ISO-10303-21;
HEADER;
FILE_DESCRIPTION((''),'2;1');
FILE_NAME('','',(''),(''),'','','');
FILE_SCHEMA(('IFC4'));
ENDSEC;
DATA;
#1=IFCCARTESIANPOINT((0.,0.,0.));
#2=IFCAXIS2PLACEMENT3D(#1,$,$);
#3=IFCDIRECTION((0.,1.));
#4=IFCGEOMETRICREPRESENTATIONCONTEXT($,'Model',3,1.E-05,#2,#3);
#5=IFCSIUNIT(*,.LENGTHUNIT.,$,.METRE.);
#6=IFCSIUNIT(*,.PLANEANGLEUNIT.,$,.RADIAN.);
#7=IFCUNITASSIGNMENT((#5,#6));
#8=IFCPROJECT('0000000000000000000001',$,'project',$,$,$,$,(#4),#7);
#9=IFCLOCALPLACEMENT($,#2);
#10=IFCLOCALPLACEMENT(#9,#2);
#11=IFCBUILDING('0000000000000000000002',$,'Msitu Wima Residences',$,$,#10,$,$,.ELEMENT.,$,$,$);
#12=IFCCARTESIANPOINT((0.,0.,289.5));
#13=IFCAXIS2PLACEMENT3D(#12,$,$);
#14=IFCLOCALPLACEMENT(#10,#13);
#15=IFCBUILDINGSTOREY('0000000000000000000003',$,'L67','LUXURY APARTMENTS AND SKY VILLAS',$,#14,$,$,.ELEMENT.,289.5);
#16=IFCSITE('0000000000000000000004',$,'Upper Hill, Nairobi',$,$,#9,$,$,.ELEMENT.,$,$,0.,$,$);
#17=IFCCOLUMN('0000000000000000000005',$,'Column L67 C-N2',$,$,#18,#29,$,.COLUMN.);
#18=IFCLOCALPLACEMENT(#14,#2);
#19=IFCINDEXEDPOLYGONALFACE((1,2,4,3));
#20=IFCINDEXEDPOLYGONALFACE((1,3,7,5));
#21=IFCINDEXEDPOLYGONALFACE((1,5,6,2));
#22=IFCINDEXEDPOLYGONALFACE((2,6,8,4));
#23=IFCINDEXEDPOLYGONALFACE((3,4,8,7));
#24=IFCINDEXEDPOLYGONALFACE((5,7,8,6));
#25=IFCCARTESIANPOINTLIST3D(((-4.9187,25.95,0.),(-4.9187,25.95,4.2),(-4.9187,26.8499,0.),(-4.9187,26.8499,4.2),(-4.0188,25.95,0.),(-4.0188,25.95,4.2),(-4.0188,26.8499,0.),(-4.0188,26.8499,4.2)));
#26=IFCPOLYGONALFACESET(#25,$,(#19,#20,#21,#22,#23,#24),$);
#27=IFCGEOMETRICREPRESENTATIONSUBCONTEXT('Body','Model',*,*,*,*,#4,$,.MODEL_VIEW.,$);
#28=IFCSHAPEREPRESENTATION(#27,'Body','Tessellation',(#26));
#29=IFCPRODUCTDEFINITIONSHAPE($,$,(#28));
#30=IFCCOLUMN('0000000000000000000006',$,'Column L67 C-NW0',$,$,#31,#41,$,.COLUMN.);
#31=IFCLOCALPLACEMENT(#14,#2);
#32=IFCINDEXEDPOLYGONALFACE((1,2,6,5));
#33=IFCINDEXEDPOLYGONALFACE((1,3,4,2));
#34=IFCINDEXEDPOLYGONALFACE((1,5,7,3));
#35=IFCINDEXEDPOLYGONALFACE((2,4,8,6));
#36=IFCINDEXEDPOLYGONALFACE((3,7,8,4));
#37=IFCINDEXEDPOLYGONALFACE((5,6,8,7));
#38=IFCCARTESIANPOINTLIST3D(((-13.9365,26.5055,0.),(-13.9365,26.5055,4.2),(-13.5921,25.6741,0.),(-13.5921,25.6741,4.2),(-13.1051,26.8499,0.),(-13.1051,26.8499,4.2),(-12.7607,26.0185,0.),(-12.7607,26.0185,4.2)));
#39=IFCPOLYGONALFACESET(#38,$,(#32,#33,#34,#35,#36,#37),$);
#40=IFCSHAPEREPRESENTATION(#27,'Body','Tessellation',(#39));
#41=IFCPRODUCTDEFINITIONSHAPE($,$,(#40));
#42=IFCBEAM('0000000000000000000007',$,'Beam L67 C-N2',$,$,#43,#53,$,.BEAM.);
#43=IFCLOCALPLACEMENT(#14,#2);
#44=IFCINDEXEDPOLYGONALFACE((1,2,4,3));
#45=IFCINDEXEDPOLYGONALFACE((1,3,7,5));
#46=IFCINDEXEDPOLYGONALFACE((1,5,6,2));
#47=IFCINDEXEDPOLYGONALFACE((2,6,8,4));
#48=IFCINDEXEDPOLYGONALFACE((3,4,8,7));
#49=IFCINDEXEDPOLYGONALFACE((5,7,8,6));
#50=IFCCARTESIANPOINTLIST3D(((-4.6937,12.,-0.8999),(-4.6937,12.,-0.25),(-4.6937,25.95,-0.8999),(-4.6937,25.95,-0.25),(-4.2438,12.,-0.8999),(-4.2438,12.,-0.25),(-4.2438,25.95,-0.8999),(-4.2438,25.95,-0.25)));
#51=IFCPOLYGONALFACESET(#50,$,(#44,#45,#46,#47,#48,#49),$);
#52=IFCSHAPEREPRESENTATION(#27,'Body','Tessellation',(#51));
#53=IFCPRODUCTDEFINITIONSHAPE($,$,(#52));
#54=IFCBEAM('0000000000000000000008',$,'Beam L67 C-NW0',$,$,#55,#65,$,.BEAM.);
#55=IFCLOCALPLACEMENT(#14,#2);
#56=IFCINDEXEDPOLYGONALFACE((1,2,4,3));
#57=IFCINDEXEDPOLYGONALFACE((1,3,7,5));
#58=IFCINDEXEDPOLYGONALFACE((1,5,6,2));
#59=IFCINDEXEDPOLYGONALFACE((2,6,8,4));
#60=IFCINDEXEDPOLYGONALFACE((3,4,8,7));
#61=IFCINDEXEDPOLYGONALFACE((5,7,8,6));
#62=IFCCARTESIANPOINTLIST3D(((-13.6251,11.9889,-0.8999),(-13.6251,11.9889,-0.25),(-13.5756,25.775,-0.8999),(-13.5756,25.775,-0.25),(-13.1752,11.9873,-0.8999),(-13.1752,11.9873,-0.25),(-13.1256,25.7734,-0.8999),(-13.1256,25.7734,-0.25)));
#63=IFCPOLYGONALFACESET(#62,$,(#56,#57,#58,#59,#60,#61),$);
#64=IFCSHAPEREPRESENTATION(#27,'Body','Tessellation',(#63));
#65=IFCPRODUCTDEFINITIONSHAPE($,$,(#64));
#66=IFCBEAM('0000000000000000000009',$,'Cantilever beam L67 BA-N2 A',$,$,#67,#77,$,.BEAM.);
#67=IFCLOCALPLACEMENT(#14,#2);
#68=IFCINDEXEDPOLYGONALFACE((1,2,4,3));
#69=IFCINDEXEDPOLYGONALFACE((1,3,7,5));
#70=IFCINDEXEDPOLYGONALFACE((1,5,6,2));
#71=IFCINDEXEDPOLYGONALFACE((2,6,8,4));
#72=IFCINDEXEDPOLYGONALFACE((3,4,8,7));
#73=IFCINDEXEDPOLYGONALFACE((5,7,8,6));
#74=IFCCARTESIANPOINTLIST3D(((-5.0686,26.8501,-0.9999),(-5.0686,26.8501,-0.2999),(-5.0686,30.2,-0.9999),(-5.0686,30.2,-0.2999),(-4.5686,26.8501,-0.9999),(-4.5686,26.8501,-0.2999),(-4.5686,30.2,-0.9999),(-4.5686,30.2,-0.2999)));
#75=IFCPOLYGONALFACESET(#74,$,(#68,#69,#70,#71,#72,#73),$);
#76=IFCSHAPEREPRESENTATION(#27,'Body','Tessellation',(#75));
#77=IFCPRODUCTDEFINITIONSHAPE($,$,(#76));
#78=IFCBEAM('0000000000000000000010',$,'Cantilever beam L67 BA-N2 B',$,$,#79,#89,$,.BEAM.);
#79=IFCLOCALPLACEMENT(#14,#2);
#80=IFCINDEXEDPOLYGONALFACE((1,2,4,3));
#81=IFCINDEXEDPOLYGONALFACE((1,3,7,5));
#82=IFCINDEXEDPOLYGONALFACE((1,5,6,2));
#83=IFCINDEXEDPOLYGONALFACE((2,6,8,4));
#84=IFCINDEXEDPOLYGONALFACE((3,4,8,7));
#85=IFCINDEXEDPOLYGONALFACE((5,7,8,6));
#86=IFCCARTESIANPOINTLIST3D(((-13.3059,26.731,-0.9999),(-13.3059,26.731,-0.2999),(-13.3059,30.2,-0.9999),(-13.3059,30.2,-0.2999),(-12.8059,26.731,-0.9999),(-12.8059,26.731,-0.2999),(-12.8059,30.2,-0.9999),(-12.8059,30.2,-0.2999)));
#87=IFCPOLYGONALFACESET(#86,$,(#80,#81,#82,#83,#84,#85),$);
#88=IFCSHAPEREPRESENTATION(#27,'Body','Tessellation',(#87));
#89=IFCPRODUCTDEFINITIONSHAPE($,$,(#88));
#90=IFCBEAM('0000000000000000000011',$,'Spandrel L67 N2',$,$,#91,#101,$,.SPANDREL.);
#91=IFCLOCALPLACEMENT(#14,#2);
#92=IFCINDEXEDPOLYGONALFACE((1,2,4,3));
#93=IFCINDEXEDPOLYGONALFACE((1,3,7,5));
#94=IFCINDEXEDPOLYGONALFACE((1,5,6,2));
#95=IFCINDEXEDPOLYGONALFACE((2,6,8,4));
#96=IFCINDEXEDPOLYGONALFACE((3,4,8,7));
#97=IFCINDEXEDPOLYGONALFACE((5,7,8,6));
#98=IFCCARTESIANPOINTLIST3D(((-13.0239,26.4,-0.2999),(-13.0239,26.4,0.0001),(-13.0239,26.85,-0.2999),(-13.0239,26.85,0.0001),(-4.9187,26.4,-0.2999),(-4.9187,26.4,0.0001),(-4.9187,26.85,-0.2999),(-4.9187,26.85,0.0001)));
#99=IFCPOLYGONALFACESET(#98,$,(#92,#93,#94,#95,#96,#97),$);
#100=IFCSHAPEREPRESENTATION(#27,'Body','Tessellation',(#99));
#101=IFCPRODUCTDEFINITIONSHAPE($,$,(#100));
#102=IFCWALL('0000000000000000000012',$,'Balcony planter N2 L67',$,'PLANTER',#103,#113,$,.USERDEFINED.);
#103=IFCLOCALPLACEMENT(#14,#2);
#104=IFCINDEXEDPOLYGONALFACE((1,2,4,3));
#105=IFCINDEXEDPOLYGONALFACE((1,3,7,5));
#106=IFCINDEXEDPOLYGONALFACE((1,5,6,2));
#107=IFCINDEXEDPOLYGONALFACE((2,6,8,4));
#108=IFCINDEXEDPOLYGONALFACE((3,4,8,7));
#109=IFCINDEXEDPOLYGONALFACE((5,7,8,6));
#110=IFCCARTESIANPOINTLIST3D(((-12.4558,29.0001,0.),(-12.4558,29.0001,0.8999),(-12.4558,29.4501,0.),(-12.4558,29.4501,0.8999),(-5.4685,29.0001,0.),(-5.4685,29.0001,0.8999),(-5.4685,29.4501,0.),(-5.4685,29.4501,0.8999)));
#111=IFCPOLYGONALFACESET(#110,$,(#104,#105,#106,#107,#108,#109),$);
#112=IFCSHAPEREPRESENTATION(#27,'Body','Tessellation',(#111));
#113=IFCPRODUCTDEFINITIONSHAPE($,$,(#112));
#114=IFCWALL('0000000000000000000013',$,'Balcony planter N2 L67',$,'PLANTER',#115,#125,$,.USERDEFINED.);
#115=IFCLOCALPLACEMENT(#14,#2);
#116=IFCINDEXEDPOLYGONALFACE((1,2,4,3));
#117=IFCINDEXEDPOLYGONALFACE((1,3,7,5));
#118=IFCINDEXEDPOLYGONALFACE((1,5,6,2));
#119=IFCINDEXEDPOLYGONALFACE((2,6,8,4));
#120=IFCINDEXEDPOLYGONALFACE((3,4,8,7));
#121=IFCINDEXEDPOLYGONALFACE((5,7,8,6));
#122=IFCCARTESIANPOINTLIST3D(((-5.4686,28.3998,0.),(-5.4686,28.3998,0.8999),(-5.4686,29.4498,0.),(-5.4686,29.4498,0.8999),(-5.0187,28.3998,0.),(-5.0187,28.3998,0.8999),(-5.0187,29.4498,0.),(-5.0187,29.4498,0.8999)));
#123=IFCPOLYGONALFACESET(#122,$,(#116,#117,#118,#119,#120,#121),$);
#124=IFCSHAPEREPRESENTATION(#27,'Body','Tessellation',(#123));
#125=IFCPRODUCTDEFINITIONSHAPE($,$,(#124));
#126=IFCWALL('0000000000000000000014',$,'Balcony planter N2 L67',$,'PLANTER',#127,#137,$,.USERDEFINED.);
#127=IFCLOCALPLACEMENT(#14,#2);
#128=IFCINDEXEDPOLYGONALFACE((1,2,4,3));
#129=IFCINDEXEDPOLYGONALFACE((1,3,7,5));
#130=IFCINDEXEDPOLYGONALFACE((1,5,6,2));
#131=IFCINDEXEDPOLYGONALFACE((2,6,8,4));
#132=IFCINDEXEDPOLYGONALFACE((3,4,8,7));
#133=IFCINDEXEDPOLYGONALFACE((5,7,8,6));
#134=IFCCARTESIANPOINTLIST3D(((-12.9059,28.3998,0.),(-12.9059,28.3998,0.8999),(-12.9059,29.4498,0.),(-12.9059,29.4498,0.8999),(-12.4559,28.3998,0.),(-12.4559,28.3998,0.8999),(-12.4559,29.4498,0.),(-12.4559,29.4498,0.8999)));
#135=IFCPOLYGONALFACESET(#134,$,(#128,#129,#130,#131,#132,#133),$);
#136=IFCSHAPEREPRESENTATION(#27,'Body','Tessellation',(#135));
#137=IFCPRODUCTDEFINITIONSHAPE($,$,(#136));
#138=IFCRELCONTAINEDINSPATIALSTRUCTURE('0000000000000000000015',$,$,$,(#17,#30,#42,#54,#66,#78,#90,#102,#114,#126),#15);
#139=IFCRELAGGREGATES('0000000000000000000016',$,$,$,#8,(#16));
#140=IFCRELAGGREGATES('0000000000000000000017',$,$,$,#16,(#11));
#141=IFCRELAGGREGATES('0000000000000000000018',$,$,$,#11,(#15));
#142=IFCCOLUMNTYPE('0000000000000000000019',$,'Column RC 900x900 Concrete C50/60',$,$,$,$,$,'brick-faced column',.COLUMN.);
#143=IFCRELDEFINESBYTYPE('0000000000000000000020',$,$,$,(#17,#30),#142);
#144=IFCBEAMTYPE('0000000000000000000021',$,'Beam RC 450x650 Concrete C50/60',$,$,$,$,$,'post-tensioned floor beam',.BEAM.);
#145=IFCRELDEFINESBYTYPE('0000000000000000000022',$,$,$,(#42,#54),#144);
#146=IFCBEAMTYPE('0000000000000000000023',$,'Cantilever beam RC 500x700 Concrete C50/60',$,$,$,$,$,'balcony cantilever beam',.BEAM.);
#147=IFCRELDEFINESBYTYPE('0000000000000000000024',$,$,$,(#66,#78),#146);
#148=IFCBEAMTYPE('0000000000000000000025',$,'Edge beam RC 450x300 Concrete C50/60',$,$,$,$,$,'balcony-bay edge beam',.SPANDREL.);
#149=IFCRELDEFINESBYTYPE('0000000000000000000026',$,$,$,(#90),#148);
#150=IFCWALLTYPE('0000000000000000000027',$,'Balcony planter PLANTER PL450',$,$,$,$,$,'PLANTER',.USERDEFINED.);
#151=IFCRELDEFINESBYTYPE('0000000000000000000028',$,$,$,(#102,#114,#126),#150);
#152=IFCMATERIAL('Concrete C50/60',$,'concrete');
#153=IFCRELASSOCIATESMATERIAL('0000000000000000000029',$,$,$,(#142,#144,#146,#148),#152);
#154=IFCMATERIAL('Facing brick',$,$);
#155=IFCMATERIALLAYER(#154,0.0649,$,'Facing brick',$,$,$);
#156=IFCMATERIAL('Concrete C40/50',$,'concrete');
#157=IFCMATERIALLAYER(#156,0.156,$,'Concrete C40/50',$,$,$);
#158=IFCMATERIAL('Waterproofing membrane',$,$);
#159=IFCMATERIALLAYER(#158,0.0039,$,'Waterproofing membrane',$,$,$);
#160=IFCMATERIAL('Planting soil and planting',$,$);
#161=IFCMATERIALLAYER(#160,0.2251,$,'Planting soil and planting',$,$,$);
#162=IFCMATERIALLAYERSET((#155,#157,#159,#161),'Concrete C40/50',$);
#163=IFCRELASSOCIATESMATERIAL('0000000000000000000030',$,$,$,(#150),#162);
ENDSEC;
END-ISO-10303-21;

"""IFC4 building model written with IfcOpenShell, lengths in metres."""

from ifc_helpers import new_model, si_unit, direction, frame, frame_2d, origin, origin_2d, place, context, subcontext, project, spatial, rectangle, extrude, material, layer, layer_set, material_profile, profile_set, type_object, element, save


model = new_model("IFC4")

# Units and contexts
model_context = context("Model", 3, precision=1e-05, world=origin(), true_north=direction((0.0, 1.0)))
body_context = subcontext(model_context, "Body", "Model", "MODEL_VIEW")
ifc_project = project(units=[si_unit("LENGTHUNIT", "METRE"), si_unit("PLANEANGLEUNIT", "RADIAN")], contexts=[model_context])

# Site, building, storey
site_placement = place(None, origin())
site = spatial("IfcSite", under=ifc_project, at=site_placement, Name="Upper Hill, Nairobi", CompositionType="ELEMENT", RefElevation=0.0)
building_placement = place(site_placement, origin())
building = spatial("IfcBuilding", under=site, at=building_placement, Name="Msitu Wima Residences", CompositionType="ELEMENT")
storey_placement = place(building_placement, frame((0.0, 0.0, 289.5)))
storey = spatial("IfcBuildingStorey", under=building, at=storey_placement, Name="L67", Description="LUXURY APARTMENTS AND SKY VILLAS", CompositionType="ELEMENT", Elevation=289.5)

# Columns
ifc_material_1 = material(Name="Concrete C50/60", Category="concrete")
ifc_material_profile_1 = material_profile(ifc_material_1, rectangle(XDim=0.8999, YDim=0.8999, at=origin_2d()), Name="RC 900x900")
ifc_profile_set_1 = profile_set([ifc_material_profile_1], Name="Concrete C50/60")
column_type = type_object("IfcColumnType", Name="Column RC 900x900 Concrete C50/60", ElementType="brick-faced column", PredefinedType="COLUMN", material=ifc_profile_set_1)
for number, where, z_axis, x_axis, name in (
    (1, (-4.4688, 26.3999, 0.0), (0.0, 0.0, 1.0), (-1.0, 0.0, 0.0), "Column L67 C-N2"),
    (2, (-13.3486, 26.262, 0.0), (0.0, 0.0, 1.0), (-0.92388, -0.382683, 0.0), "Column L67 C-NW0"),
):
    element("IfcColumn", number, at=place(storey_placement, frame(where, z_axis=z_axis, x_axis=x_axis)), inside=storey, type_object=column_type, Name=name, PredefinedType="COLUMN", context=body_context, shape_type="SweptSolid", body=[
        extrude(rectangle(XDim=0.8999, YDim=0.8999, at=origin_2d()), origin(), (0.0, 0.0, 1.0), 4.2),
    ])

# Beams
ifc_material_profile_2 = material_profile(ifc_material_1, rectangle(XDim=0.45, YDim=0.6499, at=origin_2d()), Name="RC 450x650")
ifc_profile_set_2 = profile_set([ifc_material_profile_2], Name="Concrete C50/60")
beam_type_1 = type_object("IfcBeamType", Name="Beam RC 450x650 Concrete C50/60", ElementType="post-tensioned floor beam", PredefinedType="BEAM", material=ifc_profile_set_2)
beam_1_placement = place(storey_placement, frame((-4.4688, 25.95, -0.575), z_axis=(0.0, -1.0, 0.0), x_axis=(1.0, 0.0, 0.0)))
element("IfcBeam", 3, at=beam_1_placement, inside=storey, type_object=beam_type_1, Name="Beam L67 C-N2", PredefinedType="BEAM", context=body_context, shape_type="SweptSolid", body=[
    extrude(rectangle(XDim=0.45, YDim=0.6499, at=origin_2d()), origin(), (0.0, 0.0, 1.0), 13.95),
])
beam_2_placement = place(storey_placement, frame((-13.3506, 25.7742, -0.575), z_axis=(-0.003595, -0.999994, 0.0), x_axis=(0.999994, -0.003595, 0.0)))
element("IfcBeam", 4, at=beam_2_placement, inside=storey, type_object=beam_type_1, Name="Beam L67 C-NW0", PredefinedType="BEAM", context=body_context, shape_type="SweptSolid", body=[
    extrude(rectangle(XDim=0.45, YDim=0.6499, at=origin_2d()), origin(), (0.0, 0.0, 1.0), 13.7861),
])
ifc_material_profile_3 = material_profile(ifc_material_1, rectangle(XDim=0.5, YDim=0.7, at=origin_2d()), Name="RC 500x700")
ifc_profile_set_3 = profile_set([ifc_material_profile_3], Name="Concrete C50/60")
beam_type_2 = type_object("IfcBeamType", Name="Cantilever beam RC 500x700 Concrete C50/60", ElementType="balcony cantilever beam", PredefinedType="BEAM", material=ifc_profile_set_3)
beam_3_placement = place(storey_placement, frame((-4.8186, 26.8501, -0.6499), z_axis=(0.0, 1.0, 0.0), x_axis=(-1.0, 0.0, 0.0)))
element("IfcBeam", 5, at=beam_3_placement, inside=storey, type_object=beam_type_2, Name="Cantilever beam L67 BA-N2 A", PredefinedType="BEAM", context=body_context, shape_type="SweptSolid", body=[
    extrude(rectangle(XDim=0.5, YDim=0.7, at=origin_2d()), origin(), (0.0, 0.0, 1.0), 3.3499),
])
beam_4_placement = place(storey_placement, frame((-13.0559, 26.731, -0.6499), z_axis=(0.0, 1.0, 0.0), x_axis=(-1.0, 0.0, 0.0)))
element("IfcBeam", 6, at=beam_4_placement, inside=storey, type_object=beam_type_2, Name="Cantilever beam L67 BA-N2 B", PredefinedType="BEAM", context=body_context, shape_type="SweptSolid", body=[
    extrude(rectangle(XDim=0.5, YDim=0.7, at=origin_2d()), origin(), (0.0, 0.0, 1.0), 3.469),
])
ifc_material_profile_4 = material_profile(ifc_material_1, rectangle(XDim=0.45, YDim=0.3, at=origin_2d()), Name="RC 450x300")
ifc_profile_set_4 = profile_set([ifc_material_profile_4], Name="Concrete C50/60")
beam_type_3 = type_object("IfcBeamType", Name="Edge beam RC 450x300 Concrete C50/60", ElementType="balcony-bay edge beam", PredefinedType="SPANDREL", material=ifc_profile_set_4)
beam_5_placement = place(storey_placement, frame((-4.9187, 26.625, -0.1499), z_axis=(-1.0, 0.0, 0.0), x_axis=(0.0, -1.0, 0.0)))
element("IfcBeam", 7, at=beam_5_placement, inside=storey, type_object=beam_type_3, Name="Spandrel L67 N2", PredefinedType="SPANDREL", context=body_context, shape_type="SweptSolid", body=[
    extrude(rectangle(XDim=0.45, YDim=0.3, at=origin_2d()), origin(), (0.0, 0.0, 1.0), 8.1052),
])

# Walls
ifc_material_2 = material(Name="Facing brick")
ifc_layer_1 = layer(ifc_material_2, 0.0649, Name="Facing brick")
ifc_material_3 = material(Name="Concrete C40/50", Category="concrete")
ifc_layer_2 = layer(ifc_material_3, 0.156, Name="Concrete C40/50")
ifc_material_4 = material(Name="Waterproofing membrane")
ifc_layer_3 = layer(ifc_material_4, 0.0039, Name="Waterproofing membrane")
ifc_material_5 = material(Name="Planting soil and planting")
ifc_layer_4 = layer(ifc_material_5, 0.2251, Name="Planting soil and planting")
ifc_layer_set_1 = layer_set([ifc_layer_1, ifc_layer_2, ifc_layer_3, ifc_layer_4], Name="Concrete C40/50")
wall_type_1 = type_object("IfcWallType", Name="Balcony planter PLANTER PL450", ElementType="PLANTER", PredefinedType="USERDEFINED", material=ifc_layer_set_1)
wall_1_placement = place(storey_placement, frame((-5.4685, 29.2251, 0.0), z_axis=(0.0, 0.0, 1.0), x_axis=(-1.0, 0.0, 0.0)))
element("IfcWall", 8, at=wall_1_placement, inside=storey, type_object=wall_type_1, Name="Balcony planter N2 L67", ObjectType="PLANTER", PredefinedType="USERDEFINED", context=body_context, shape_type="SweptSolid", body=[
    extrude(rectangle(XDim=6.9873, YDim=0.45, at=frame_2d((3.4937, 0.0))), origin(), (0.0, 0.0, 1.0), 0.8999),
])
for number, where, z_axis, x_axis, name in (
    (9, (-5.2437, 28.3999, 0.0), (0.0, 0.0, 1.0), (0.0, 1.0, 0.0), "Balcony planter N2 L67"),
    (10, (-12.6809, 28.3999, 0.0), (0.0, 0.0, 1.0), (0.0, 1.0, 0.0), "Balcony planter N2 L67"),
):
    element("IfcWall", number, at=place(storey_placement, frame(where, z_axis=z_axis, x_axis=x_axis)), inside=storey, type_object=wall_type_1, Name=name, ObjectType="PLANTER", PredefinedType="USERDEFINED", context=body_context, shape_type="SweptSolid", body=[
        extrude(rectangle(XDim=1.05, YDim=0.45, at=frame_2d((0.5249, 0.0))), origin(), (0.0, 0.0, 1.0), 0.8999),
    ])

save(model, "model.ifc")
